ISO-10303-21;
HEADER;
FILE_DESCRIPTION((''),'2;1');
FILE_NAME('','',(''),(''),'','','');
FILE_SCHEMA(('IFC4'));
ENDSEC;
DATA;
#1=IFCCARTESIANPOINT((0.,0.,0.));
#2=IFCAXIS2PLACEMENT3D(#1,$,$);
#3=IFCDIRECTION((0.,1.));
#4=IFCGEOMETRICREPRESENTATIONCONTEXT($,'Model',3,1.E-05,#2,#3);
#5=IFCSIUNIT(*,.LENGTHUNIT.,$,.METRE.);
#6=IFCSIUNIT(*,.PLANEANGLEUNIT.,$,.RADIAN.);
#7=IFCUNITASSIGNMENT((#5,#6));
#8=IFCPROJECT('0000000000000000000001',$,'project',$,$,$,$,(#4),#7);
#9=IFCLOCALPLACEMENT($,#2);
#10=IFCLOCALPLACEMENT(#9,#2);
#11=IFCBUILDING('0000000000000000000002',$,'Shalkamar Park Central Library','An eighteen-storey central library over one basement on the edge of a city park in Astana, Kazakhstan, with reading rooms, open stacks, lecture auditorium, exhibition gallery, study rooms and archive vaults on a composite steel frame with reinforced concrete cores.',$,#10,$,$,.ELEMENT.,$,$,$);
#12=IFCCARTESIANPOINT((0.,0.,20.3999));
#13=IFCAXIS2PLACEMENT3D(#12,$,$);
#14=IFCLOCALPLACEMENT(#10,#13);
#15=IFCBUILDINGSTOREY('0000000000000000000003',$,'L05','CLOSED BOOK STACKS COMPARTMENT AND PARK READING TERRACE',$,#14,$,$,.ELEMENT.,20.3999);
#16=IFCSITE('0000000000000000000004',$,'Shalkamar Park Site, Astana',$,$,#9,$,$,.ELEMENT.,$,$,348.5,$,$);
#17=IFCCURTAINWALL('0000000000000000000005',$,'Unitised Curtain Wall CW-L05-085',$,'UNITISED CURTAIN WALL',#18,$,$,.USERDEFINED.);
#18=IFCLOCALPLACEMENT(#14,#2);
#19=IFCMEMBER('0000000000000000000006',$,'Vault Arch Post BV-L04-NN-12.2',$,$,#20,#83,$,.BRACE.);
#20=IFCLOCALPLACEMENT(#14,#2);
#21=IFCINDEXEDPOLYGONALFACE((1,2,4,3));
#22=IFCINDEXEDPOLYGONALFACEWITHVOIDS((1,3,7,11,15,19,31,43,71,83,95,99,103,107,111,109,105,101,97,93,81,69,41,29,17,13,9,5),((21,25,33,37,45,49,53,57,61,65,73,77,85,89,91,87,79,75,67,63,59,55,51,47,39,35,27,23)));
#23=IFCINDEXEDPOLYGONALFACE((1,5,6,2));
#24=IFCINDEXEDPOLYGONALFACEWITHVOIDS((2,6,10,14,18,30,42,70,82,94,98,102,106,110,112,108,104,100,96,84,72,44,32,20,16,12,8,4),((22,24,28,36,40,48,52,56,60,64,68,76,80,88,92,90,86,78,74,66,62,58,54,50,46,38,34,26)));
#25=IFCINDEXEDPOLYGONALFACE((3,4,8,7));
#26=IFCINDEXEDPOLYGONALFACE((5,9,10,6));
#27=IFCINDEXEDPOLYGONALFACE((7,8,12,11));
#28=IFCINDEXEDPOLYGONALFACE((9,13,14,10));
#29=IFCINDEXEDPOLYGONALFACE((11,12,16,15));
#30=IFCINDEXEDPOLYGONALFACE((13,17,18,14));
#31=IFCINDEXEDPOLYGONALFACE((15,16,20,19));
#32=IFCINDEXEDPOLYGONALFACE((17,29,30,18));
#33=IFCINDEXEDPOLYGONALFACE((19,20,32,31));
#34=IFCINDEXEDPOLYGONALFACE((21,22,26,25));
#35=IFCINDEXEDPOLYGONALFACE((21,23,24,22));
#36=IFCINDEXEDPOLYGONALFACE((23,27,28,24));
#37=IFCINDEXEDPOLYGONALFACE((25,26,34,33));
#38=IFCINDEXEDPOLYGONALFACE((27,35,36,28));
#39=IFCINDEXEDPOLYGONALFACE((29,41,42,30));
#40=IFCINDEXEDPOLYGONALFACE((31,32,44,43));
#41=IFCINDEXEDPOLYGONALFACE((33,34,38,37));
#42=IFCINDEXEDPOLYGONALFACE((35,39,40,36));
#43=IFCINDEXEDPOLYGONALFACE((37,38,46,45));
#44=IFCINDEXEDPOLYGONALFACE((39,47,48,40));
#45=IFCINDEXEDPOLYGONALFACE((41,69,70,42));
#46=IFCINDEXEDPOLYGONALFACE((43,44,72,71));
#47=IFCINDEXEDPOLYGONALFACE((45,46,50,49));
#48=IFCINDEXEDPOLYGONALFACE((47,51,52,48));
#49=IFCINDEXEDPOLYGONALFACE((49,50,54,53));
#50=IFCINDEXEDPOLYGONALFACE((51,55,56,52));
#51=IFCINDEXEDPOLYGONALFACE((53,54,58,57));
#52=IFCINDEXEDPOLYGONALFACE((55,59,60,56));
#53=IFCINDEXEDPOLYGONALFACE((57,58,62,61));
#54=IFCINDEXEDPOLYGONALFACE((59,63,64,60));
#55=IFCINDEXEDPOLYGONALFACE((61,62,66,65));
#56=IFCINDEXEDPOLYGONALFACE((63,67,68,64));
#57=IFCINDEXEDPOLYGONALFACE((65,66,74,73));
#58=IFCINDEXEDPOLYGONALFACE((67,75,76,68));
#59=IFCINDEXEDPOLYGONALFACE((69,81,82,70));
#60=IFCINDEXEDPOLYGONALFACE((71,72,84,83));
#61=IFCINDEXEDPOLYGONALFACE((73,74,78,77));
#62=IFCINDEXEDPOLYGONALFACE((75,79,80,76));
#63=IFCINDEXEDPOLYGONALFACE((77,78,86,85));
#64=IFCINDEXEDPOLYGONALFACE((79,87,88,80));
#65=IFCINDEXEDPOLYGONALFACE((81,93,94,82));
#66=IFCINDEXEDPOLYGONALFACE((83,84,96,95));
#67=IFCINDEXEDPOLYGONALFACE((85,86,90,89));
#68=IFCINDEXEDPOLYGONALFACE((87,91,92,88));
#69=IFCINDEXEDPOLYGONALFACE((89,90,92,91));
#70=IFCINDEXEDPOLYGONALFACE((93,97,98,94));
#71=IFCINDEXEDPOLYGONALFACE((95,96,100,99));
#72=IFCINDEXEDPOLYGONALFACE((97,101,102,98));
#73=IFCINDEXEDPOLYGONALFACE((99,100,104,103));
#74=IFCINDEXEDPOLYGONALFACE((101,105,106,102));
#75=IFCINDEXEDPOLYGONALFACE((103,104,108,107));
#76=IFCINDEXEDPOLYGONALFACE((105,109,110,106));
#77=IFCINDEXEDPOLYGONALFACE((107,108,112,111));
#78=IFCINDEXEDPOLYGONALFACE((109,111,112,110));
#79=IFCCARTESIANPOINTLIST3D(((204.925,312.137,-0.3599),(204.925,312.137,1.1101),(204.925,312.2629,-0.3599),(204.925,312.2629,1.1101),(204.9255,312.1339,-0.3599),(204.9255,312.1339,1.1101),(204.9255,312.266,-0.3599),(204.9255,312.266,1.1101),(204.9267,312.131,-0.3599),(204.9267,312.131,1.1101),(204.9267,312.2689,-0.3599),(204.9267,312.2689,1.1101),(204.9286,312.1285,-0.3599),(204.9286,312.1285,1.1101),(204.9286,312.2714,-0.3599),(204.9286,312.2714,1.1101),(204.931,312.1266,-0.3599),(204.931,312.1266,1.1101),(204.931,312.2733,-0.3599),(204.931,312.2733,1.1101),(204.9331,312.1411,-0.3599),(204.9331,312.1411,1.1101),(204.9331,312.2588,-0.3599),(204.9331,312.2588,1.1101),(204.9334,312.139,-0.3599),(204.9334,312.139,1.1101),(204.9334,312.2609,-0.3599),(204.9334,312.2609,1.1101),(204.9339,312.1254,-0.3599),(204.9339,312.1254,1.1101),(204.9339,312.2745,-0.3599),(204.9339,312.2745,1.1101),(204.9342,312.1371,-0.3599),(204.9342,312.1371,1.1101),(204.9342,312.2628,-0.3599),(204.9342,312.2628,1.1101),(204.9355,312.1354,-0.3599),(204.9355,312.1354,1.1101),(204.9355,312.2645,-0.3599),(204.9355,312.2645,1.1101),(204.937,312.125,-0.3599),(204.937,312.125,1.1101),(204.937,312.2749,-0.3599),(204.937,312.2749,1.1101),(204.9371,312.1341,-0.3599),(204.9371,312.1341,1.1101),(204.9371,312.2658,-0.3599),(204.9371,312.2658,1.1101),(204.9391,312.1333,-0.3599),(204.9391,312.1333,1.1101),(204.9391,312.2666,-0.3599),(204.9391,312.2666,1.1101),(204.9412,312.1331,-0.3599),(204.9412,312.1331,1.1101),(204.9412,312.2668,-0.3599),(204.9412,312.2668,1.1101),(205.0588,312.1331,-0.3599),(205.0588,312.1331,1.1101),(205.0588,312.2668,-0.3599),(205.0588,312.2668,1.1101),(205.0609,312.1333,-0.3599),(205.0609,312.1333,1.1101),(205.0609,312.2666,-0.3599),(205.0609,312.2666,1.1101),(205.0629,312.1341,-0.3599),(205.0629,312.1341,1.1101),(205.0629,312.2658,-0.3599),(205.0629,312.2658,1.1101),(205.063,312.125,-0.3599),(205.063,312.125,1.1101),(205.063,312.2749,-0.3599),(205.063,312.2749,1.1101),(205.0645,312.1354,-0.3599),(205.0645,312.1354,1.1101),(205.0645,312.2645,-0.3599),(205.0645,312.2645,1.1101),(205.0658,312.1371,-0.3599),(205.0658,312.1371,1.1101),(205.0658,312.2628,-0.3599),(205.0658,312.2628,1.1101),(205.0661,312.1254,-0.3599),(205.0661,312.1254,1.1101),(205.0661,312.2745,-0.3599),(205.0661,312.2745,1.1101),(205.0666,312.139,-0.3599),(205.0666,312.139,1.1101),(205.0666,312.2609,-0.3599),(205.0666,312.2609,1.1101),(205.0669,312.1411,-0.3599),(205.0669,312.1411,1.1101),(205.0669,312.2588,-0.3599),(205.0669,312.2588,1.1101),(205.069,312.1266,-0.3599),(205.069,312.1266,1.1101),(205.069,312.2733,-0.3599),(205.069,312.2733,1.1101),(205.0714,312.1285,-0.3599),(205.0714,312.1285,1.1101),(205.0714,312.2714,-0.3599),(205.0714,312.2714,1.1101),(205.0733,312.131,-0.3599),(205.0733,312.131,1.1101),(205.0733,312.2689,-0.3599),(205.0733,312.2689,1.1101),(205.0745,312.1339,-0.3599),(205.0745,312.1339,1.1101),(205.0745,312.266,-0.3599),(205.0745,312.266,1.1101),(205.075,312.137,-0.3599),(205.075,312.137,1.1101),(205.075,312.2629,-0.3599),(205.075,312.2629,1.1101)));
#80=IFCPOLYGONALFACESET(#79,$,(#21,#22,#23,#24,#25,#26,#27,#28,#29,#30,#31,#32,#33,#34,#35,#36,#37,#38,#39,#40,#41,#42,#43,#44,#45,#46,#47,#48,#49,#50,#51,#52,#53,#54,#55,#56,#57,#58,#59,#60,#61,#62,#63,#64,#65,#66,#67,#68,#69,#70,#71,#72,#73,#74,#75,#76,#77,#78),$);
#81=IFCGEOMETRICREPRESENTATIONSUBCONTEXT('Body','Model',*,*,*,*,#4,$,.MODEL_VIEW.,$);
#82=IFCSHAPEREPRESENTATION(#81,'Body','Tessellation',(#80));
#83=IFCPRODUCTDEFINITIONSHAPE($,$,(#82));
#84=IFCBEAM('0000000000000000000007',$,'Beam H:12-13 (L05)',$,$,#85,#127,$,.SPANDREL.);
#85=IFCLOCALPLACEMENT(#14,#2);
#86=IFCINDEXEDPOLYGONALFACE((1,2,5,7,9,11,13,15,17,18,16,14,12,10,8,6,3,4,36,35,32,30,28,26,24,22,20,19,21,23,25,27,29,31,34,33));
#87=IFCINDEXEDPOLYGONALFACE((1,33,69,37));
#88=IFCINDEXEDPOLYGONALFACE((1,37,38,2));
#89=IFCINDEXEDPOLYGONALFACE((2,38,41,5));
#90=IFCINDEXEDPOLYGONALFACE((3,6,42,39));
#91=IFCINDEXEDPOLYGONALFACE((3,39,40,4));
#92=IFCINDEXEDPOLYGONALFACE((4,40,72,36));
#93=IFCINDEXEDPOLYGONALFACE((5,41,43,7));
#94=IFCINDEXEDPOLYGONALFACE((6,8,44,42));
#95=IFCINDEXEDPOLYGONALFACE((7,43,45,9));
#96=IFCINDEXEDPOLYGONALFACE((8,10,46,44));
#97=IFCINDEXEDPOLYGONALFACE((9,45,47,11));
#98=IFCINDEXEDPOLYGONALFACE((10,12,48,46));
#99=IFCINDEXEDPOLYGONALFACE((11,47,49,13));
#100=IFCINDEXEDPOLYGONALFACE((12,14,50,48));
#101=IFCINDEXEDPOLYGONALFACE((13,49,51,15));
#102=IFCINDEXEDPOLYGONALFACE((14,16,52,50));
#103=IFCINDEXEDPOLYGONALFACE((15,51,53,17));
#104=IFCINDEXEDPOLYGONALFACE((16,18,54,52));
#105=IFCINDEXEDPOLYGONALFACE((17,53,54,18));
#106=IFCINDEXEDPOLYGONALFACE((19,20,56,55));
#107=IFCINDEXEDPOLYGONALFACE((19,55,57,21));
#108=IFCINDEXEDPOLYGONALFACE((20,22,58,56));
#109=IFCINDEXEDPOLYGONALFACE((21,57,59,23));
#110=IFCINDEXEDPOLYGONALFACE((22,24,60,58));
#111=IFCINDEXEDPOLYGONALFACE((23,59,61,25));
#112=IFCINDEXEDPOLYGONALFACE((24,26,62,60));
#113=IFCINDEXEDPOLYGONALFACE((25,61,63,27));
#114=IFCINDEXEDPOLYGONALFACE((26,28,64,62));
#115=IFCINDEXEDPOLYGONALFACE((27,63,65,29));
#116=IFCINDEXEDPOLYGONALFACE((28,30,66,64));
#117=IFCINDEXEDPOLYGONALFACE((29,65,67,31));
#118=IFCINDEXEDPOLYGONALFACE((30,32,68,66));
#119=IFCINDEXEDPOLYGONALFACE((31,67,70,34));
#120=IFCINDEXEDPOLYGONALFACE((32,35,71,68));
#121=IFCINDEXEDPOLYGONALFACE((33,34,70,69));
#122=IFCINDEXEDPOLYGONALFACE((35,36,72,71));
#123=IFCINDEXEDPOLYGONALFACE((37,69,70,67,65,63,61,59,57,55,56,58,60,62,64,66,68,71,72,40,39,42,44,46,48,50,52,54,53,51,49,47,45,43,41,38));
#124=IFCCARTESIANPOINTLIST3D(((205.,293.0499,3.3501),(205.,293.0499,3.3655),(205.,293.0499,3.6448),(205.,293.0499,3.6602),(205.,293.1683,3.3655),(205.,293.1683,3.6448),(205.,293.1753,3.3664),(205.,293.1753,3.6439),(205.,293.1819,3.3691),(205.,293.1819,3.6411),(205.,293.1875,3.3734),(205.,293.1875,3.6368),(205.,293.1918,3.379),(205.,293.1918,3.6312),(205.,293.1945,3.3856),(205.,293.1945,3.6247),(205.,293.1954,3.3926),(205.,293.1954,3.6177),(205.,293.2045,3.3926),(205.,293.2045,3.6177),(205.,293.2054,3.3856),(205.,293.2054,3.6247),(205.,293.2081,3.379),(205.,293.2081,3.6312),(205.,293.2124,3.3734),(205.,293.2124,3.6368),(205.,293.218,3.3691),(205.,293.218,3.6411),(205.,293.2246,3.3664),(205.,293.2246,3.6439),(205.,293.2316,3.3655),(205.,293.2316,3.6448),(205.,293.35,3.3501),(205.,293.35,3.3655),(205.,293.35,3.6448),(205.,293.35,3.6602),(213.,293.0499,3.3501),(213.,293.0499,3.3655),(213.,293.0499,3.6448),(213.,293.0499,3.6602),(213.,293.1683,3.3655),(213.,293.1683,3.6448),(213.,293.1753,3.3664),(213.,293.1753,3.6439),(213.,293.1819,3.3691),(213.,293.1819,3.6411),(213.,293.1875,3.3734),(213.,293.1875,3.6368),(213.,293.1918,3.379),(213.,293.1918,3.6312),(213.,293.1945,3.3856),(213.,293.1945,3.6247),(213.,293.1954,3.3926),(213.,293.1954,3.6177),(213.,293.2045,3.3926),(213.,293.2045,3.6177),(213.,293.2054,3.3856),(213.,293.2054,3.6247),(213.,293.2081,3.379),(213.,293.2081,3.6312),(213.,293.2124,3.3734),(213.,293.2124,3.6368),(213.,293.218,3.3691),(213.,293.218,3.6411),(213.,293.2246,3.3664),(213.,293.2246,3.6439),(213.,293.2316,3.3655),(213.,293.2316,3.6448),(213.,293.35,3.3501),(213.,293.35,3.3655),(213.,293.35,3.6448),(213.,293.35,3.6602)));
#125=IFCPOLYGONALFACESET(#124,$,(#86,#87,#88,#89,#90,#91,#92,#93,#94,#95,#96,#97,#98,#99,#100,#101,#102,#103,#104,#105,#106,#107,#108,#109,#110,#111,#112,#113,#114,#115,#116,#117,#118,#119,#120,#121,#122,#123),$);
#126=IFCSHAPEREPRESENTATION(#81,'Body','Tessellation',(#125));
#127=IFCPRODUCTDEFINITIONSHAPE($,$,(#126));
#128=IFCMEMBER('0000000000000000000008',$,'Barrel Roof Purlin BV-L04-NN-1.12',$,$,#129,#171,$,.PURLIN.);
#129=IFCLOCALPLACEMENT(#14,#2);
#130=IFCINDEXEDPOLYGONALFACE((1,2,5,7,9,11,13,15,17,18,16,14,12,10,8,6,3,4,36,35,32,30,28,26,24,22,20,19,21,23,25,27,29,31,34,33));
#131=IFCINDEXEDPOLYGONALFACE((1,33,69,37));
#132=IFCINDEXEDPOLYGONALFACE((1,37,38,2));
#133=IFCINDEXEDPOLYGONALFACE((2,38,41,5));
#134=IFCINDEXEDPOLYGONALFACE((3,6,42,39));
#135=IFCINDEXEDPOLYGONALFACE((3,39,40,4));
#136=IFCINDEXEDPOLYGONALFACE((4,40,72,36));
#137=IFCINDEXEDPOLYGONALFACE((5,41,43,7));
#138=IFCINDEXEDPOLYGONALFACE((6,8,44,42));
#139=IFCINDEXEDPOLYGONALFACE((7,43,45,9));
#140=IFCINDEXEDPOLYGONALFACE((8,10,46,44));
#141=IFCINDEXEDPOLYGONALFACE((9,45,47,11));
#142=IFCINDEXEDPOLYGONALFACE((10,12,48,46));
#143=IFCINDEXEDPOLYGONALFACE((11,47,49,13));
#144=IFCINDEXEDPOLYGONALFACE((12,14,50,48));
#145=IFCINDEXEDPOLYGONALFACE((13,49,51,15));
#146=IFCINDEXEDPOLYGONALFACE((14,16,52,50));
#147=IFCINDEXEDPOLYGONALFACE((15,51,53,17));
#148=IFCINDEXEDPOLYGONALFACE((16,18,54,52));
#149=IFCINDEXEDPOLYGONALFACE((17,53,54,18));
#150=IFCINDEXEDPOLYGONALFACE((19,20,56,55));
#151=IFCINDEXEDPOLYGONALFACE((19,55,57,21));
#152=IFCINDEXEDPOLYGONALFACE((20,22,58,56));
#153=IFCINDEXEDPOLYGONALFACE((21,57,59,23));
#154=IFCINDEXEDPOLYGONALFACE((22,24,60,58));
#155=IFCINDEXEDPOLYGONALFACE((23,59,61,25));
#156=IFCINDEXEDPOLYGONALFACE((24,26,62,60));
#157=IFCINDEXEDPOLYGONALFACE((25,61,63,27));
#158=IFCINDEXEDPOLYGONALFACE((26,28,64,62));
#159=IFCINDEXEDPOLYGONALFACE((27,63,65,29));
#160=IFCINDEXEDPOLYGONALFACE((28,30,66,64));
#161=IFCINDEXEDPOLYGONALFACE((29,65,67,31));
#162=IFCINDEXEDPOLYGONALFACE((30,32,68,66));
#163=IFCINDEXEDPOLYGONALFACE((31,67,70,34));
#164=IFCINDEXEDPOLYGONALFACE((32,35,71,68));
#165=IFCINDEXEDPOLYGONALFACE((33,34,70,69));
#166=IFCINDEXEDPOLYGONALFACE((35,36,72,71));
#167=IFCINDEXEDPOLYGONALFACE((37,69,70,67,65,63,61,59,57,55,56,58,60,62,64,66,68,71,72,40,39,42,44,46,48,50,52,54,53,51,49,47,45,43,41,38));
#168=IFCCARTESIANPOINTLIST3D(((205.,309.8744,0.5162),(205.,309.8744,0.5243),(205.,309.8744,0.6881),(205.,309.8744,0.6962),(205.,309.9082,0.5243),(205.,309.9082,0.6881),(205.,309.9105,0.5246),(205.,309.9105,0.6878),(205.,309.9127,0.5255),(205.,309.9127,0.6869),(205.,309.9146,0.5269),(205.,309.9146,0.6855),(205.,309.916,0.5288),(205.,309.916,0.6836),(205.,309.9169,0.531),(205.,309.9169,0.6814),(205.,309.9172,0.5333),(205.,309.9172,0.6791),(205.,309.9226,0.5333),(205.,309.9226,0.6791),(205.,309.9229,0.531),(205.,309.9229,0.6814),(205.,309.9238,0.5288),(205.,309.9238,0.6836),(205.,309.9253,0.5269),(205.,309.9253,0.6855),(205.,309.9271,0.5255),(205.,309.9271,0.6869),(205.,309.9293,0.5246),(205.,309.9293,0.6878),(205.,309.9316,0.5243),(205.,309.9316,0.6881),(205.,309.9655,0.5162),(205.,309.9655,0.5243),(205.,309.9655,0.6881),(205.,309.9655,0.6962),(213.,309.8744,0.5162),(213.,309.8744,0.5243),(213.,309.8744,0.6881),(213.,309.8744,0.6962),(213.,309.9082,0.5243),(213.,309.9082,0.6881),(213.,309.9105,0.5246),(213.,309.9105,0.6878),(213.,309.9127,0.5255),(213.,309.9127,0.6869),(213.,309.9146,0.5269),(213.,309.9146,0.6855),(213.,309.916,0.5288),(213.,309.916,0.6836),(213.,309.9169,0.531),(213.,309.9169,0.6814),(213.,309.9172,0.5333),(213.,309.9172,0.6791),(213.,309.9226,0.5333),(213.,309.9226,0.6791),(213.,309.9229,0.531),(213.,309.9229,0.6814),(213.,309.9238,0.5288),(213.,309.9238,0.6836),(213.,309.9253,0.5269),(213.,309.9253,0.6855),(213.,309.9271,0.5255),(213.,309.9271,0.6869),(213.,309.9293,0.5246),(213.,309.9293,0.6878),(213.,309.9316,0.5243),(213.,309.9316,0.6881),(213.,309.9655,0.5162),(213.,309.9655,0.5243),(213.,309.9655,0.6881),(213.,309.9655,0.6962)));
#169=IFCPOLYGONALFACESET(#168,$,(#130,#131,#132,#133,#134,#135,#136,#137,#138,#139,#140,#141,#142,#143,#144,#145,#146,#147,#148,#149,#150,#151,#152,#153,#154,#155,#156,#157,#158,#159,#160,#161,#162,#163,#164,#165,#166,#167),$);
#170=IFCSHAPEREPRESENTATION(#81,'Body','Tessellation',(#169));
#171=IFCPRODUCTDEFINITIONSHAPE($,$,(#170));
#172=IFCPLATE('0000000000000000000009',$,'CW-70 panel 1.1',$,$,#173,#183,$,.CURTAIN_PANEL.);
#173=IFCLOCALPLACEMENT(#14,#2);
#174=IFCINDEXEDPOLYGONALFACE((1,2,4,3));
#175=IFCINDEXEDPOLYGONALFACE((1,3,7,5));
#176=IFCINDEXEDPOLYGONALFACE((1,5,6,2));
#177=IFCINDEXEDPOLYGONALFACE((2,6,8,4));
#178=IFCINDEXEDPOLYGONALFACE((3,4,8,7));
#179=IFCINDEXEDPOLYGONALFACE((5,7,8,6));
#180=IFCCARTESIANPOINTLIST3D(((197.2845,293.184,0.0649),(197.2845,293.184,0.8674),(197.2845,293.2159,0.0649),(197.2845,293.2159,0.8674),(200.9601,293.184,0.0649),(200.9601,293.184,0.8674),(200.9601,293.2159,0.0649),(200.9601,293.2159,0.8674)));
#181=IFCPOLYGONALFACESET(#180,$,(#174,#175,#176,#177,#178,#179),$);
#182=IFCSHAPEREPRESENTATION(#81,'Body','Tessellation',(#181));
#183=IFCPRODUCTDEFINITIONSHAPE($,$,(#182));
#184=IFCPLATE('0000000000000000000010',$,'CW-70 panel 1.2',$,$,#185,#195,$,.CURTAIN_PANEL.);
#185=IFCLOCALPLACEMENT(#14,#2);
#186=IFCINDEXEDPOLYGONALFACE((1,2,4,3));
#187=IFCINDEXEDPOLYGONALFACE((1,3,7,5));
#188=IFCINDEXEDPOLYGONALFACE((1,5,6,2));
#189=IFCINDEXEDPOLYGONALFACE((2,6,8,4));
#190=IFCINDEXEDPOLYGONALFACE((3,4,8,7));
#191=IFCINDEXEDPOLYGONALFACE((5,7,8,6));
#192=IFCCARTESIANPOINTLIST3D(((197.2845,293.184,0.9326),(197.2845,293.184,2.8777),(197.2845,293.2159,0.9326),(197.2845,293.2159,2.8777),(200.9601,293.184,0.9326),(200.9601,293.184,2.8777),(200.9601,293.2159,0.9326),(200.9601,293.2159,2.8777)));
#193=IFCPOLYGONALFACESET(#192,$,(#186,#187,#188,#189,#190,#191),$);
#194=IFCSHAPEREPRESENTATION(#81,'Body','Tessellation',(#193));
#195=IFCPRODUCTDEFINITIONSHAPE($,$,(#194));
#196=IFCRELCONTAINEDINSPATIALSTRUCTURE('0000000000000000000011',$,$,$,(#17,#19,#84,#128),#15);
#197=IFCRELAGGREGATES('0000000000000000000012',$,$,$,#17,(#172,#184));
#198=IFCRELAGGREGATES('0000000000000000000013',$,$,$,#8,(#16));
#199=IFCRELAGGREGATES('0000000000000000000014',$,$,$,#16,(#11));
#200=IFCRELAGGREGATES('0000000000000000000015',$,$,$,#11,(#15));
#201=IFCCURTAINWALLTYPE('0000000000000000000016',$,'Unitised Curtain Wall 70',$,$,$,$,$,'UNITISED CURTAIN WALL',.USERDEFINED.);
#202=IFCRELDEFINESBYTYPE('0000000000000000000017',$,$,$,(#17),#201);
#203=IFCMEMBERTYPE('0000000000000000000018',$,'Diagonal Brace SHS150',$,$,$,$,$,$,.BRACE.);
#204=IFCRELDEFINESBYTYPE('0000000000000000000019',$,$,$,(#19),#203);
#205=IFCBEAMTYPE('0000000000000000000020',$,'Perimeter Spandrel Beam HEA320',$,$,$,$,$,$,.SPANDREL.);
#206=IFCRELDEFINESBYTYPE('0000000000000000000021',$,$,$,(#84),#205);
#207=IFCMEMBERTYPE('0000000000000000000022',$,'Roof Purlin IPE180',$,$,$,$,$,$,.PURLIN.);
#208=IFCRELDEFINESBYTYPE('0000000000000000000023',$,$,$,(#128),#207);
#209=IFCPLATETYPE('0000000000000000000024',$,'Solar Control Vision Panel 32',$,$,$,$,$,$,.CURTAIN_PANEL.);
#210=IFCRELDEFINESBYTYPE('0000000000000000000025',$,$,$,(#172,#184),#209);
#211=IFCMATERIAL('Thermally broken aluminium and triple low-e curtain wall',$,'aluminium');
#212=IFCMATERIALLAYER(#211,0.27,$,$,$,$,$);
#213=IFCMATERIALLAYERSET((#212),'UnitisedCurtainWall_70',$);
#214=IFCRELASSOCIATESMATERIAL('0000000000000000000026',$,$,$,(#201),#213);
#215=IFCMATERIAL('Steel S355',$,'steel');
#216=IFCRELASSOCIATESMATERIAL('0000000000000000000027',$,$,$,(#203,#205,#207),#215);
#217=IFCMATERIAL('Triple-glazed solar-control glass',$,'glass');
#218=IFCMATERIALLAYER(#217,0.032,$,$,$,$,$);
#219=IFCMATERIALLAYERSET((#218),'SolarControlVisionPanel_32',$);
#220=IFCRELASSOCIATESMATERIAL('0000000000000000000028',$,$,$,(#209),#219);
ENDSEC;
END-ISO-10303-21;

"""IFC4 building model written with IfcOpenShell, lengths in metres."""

from ifc_helpers import new_model, si_unit, direction, frame, origin, origin_2d, place, context, subcontext, project, spatial, rectangle, hollow_rectangle, i_section, extrude, material, layer, layer_set, material_profile, profile_set, type_object, element, aggregate, save


model = new_model("IFC4")

# Units and contexts
model_context = context("Model", 3, precision=1e-05, world=origin(), true_north=direction((0.0, 1.0)))
body_context = subcontext(model_context, "Body", "Model", "MODEL_VIEW")
ifc_project = project(units=[si_unit("LENGTHUNIT", "METRE"), si_unit("PLANEANGLEUNIT", "RADIAN")], contexts=[model_context])

# Site, building, storey
site_placement = place(None, origin())
site = spatial("IfcSite", under=ifc_project, at=site_placement, Name="Shalkamar Park Site, Astana", CompositionType="ELEMENT", RefElevation=348.5)
building_placement = place(site_placement, origin())
building = spatial("IfcBuilding", under=site, at=building_placement, Name="Shalkamar Park Central Library", Description="An eighteen-storey central library over one basement on the edge of a city park in Astana, Kazakhstan, with reading rooms, open stacks, lecture auditorium, exhibition gallery, study rooms and archive vaults on a composite steel frame with reinforced concrete cores.", CompositionType="ELEMENT")
storey_placement = place(building_placement, frame((0.0, 0.0, 20.3999)))
storey = spatial("IfcBuildingStorey", under=building, at=storey_placement, Name="L05", Description="CLOSED BOOK STACKS COMPARTMENT AND PARK READING TERRACE", CompositionType="ELEMENT", Elevation=20.3999)

# Shared definitions
ifc_material_1 = material(Name="Steel S355", Category="steel")

# Curtain wall
ifc_material_2 = material(Name="Thermally broken aluminium and triple low-e curtain wall", Category="aluminium")
ifc_layer_1 = layer(ifc_material_2, 0.27)
ifc_layer_set_1 = layer_set([ifc_layer_1], Name="UnitisedCurtainWall_70")
curtain_wall_type = type_object("IfcCurtainWallType", Name="Unitised Curtain Wall 70", ElementType="UNITISED CURTAIN WALL", PredefinedType="USERDEFINED", material=ifc_layer_set_1)
curtain_wall_placement = place(storey_placement, origin())
curtain_wall = element("IfcCurtainWall", 1, at=curtain_wall_placement, inside=storey, type_object=curtain_wall_type, Name="Unitised Curtain Wall CW-L05-085", ObjectType="UNITISED CURTAIN WALL", PredefinedType="USERDEFINED")

# Member
ifc_material_profile_1 = material_profile(ifc_material_1, hollow_rectangle(XDim=0.1499, YDim=0.1499, WallThickness=0.0081, InnerFilletRadius=0.0081, OuterFilletRadius=0.012, at=origin_2d()), Name="SHS 150x150x8")
ifc_profile_set_1 = profile_set([ifc_material_profile_1], Name="Steel S355")
member_type_1 = type_object("IfcMemberType", Name="Diagonal Brace SHS150", PredefinedType="BRACE", material=ifc_profile_set_1)
member_1_placement = place(storey_placement, frame((205.0, 312.2, -0.3599), z_axis=(0.0, 0.0, 1.0), x_axis=(1.0, 0.0, 0.0)))
element("IfcMember", 2, at=member_1_placement, inside=storey, type_object=member_type_1, Name="Vault Arch Post BV-L04-NN-12.2", PredefinedType="BRACE", context=body_context, shape_type="SweptSolid", body=[
    extrude(hollow_rectangle(XDim=0.1499, YDim=0.1499, WallThickness=0.0081, InnerFilletRadius=0.0081, OuterFilletRadius=0.012, at=origin_2d()), origin(), (0.0, 0.0, 1.0), 1.47),
])

# Beam
ifc_material_profile_2 = material_profile(ifc_material_1, i_section(OverallWidth=0.3, OverallDepth=0.3101, WebThickness=0.009, FlangeThickness=0.0154, FilletRadius=0.0271, at=origin_2d()), Name="HEA 320")
ifc_profile_set_2 = profile_set([ifc_material_profile_2], Name="Steel S355")
beam_type = type_object("IfcBeamType", Name="Perimeter Spandrel Beam HEA320", PredefinedType="SPANDREL", material=ifc_profile_set_2)
beam_placement = place(storey_placement, frame((205.0, 293.2, 3.5051), z_axis=(1.0, 0.0, 0.0), x_axis=(0.0, 1.0, 0.0)))
element("IfcBeam", 3, at=beam_placement, inside=storey, type_object=beam_type, Name="Beam H:12-13 (L05)", PredefinedType="SPANDREL", context=body_context, shape_type="SweptSolid", body=[
    extrude(i_section(OverallWidth=0.3, OverallDepth=0.3101, WebThickness=0.009, FlangeThickness=0.0154, FilletRadius=0.0271, at=origin_2d()), origin(), (0.0, 0.0, 1.0), 8.0),
])

# Member
ifc_material_profile_3 = material_profile(ifc_material_1, i_section(OverallWidth=0.0911, OverallDepth=0.1799, WebThickness=0.0054, FlangeThickness=0.0081, FilletRadius=0.009, at=origin_2d()), Name="IPE 180")
ifc_profile_set_3 = profile_set([ifc_material_profile_3], Name="Steel S355")
member_type_2 = type_object("IfcMemberType", Name="Roof Purlin IPE180", PredefinedType="PURLIN", material=ifc_profile_set_3)
member_2_placement = place(storey_placement, frame((205.0, 309.9199, 0.6062), z_axis=(1.0, 0.0, 0.0), x_axis=(0.0, 1.0, 0.0)))
element("IfcMember", 4, at=member_2_placement, inside=storey, type_object=member_type_2, Name="Barrel Roof Purlin BV-L04-NN-1.12", PredefinedType="PURLIN", context=body_context, shape_type="SweptSolid", body=[
    extrude(i_section(OverallWidth=0.0911, OverallDepth=0.1799, WebThickness=0.0054, FlangeThickness=0.0081, FilletRadius=0.009, at=origin_2d()), origin(), (0.0, 0.0, 1.0), 8.0),
])

# Plates
ifc_material_3 = material(Name="Triple-glazed solar-control glass", Category="glass")
ifc_layer_2 = layer(ifc_material_3, 0.032)
ifc_layer_set_2 = layer_set([ifc_layer_2], Name="SolarControlVisionPanel_32")
plate_type = type_object("IfcPlateType", Name="Solar Control Vision Panel 32", PredefinedType="CURTAIN_PANEL", material=ifc_layer_set_2)
plate_1_placement = place(storey_placement, frame((199.1223, 293.2, 0.0649), z_axis=(0.0, 0.0, 1.0), x_axis=(1.0, 0.0, 0.0)))
plate_1 = element("IfcPlate", 5, at=plate_1_placement, type_object=plate_type, Name="CW-70 panel 1.1", PredefinedType="CURTAIN_PANEL", context=body_context, shape_type="SweptSolid", body=[
    extrude(rectangle(XDim=3.6755, YDim=0.032, at=origin_2d()), origin(), (0.0, 0.0, 1.0), 0.8025),
])
plate_2_placement = place(storey_placement, frame((199.1223, 293.2, 0.9326), z_axis=(0.0, 0.0, 1.0), x_axis=(1.0, 0.0, 0.0)))
plate_2 = element("IfcPlate", 6, at=plate_2_placement, type_object=plate_type, Name="CW-70 panel 1.2", PredefinedType="CURTAIN_PANEL", context=body_context, shape_type="SweptSolid", body=[
    extrude(rectangle(XDim=3.6755, YDim=0.032, at=origin_2d()), origin(), (0.0, 0.0, 1.0), 1.9451),
])
aggregate(curtain_wall, [plate_1, plate_2])

save(model, "model.ifc")
